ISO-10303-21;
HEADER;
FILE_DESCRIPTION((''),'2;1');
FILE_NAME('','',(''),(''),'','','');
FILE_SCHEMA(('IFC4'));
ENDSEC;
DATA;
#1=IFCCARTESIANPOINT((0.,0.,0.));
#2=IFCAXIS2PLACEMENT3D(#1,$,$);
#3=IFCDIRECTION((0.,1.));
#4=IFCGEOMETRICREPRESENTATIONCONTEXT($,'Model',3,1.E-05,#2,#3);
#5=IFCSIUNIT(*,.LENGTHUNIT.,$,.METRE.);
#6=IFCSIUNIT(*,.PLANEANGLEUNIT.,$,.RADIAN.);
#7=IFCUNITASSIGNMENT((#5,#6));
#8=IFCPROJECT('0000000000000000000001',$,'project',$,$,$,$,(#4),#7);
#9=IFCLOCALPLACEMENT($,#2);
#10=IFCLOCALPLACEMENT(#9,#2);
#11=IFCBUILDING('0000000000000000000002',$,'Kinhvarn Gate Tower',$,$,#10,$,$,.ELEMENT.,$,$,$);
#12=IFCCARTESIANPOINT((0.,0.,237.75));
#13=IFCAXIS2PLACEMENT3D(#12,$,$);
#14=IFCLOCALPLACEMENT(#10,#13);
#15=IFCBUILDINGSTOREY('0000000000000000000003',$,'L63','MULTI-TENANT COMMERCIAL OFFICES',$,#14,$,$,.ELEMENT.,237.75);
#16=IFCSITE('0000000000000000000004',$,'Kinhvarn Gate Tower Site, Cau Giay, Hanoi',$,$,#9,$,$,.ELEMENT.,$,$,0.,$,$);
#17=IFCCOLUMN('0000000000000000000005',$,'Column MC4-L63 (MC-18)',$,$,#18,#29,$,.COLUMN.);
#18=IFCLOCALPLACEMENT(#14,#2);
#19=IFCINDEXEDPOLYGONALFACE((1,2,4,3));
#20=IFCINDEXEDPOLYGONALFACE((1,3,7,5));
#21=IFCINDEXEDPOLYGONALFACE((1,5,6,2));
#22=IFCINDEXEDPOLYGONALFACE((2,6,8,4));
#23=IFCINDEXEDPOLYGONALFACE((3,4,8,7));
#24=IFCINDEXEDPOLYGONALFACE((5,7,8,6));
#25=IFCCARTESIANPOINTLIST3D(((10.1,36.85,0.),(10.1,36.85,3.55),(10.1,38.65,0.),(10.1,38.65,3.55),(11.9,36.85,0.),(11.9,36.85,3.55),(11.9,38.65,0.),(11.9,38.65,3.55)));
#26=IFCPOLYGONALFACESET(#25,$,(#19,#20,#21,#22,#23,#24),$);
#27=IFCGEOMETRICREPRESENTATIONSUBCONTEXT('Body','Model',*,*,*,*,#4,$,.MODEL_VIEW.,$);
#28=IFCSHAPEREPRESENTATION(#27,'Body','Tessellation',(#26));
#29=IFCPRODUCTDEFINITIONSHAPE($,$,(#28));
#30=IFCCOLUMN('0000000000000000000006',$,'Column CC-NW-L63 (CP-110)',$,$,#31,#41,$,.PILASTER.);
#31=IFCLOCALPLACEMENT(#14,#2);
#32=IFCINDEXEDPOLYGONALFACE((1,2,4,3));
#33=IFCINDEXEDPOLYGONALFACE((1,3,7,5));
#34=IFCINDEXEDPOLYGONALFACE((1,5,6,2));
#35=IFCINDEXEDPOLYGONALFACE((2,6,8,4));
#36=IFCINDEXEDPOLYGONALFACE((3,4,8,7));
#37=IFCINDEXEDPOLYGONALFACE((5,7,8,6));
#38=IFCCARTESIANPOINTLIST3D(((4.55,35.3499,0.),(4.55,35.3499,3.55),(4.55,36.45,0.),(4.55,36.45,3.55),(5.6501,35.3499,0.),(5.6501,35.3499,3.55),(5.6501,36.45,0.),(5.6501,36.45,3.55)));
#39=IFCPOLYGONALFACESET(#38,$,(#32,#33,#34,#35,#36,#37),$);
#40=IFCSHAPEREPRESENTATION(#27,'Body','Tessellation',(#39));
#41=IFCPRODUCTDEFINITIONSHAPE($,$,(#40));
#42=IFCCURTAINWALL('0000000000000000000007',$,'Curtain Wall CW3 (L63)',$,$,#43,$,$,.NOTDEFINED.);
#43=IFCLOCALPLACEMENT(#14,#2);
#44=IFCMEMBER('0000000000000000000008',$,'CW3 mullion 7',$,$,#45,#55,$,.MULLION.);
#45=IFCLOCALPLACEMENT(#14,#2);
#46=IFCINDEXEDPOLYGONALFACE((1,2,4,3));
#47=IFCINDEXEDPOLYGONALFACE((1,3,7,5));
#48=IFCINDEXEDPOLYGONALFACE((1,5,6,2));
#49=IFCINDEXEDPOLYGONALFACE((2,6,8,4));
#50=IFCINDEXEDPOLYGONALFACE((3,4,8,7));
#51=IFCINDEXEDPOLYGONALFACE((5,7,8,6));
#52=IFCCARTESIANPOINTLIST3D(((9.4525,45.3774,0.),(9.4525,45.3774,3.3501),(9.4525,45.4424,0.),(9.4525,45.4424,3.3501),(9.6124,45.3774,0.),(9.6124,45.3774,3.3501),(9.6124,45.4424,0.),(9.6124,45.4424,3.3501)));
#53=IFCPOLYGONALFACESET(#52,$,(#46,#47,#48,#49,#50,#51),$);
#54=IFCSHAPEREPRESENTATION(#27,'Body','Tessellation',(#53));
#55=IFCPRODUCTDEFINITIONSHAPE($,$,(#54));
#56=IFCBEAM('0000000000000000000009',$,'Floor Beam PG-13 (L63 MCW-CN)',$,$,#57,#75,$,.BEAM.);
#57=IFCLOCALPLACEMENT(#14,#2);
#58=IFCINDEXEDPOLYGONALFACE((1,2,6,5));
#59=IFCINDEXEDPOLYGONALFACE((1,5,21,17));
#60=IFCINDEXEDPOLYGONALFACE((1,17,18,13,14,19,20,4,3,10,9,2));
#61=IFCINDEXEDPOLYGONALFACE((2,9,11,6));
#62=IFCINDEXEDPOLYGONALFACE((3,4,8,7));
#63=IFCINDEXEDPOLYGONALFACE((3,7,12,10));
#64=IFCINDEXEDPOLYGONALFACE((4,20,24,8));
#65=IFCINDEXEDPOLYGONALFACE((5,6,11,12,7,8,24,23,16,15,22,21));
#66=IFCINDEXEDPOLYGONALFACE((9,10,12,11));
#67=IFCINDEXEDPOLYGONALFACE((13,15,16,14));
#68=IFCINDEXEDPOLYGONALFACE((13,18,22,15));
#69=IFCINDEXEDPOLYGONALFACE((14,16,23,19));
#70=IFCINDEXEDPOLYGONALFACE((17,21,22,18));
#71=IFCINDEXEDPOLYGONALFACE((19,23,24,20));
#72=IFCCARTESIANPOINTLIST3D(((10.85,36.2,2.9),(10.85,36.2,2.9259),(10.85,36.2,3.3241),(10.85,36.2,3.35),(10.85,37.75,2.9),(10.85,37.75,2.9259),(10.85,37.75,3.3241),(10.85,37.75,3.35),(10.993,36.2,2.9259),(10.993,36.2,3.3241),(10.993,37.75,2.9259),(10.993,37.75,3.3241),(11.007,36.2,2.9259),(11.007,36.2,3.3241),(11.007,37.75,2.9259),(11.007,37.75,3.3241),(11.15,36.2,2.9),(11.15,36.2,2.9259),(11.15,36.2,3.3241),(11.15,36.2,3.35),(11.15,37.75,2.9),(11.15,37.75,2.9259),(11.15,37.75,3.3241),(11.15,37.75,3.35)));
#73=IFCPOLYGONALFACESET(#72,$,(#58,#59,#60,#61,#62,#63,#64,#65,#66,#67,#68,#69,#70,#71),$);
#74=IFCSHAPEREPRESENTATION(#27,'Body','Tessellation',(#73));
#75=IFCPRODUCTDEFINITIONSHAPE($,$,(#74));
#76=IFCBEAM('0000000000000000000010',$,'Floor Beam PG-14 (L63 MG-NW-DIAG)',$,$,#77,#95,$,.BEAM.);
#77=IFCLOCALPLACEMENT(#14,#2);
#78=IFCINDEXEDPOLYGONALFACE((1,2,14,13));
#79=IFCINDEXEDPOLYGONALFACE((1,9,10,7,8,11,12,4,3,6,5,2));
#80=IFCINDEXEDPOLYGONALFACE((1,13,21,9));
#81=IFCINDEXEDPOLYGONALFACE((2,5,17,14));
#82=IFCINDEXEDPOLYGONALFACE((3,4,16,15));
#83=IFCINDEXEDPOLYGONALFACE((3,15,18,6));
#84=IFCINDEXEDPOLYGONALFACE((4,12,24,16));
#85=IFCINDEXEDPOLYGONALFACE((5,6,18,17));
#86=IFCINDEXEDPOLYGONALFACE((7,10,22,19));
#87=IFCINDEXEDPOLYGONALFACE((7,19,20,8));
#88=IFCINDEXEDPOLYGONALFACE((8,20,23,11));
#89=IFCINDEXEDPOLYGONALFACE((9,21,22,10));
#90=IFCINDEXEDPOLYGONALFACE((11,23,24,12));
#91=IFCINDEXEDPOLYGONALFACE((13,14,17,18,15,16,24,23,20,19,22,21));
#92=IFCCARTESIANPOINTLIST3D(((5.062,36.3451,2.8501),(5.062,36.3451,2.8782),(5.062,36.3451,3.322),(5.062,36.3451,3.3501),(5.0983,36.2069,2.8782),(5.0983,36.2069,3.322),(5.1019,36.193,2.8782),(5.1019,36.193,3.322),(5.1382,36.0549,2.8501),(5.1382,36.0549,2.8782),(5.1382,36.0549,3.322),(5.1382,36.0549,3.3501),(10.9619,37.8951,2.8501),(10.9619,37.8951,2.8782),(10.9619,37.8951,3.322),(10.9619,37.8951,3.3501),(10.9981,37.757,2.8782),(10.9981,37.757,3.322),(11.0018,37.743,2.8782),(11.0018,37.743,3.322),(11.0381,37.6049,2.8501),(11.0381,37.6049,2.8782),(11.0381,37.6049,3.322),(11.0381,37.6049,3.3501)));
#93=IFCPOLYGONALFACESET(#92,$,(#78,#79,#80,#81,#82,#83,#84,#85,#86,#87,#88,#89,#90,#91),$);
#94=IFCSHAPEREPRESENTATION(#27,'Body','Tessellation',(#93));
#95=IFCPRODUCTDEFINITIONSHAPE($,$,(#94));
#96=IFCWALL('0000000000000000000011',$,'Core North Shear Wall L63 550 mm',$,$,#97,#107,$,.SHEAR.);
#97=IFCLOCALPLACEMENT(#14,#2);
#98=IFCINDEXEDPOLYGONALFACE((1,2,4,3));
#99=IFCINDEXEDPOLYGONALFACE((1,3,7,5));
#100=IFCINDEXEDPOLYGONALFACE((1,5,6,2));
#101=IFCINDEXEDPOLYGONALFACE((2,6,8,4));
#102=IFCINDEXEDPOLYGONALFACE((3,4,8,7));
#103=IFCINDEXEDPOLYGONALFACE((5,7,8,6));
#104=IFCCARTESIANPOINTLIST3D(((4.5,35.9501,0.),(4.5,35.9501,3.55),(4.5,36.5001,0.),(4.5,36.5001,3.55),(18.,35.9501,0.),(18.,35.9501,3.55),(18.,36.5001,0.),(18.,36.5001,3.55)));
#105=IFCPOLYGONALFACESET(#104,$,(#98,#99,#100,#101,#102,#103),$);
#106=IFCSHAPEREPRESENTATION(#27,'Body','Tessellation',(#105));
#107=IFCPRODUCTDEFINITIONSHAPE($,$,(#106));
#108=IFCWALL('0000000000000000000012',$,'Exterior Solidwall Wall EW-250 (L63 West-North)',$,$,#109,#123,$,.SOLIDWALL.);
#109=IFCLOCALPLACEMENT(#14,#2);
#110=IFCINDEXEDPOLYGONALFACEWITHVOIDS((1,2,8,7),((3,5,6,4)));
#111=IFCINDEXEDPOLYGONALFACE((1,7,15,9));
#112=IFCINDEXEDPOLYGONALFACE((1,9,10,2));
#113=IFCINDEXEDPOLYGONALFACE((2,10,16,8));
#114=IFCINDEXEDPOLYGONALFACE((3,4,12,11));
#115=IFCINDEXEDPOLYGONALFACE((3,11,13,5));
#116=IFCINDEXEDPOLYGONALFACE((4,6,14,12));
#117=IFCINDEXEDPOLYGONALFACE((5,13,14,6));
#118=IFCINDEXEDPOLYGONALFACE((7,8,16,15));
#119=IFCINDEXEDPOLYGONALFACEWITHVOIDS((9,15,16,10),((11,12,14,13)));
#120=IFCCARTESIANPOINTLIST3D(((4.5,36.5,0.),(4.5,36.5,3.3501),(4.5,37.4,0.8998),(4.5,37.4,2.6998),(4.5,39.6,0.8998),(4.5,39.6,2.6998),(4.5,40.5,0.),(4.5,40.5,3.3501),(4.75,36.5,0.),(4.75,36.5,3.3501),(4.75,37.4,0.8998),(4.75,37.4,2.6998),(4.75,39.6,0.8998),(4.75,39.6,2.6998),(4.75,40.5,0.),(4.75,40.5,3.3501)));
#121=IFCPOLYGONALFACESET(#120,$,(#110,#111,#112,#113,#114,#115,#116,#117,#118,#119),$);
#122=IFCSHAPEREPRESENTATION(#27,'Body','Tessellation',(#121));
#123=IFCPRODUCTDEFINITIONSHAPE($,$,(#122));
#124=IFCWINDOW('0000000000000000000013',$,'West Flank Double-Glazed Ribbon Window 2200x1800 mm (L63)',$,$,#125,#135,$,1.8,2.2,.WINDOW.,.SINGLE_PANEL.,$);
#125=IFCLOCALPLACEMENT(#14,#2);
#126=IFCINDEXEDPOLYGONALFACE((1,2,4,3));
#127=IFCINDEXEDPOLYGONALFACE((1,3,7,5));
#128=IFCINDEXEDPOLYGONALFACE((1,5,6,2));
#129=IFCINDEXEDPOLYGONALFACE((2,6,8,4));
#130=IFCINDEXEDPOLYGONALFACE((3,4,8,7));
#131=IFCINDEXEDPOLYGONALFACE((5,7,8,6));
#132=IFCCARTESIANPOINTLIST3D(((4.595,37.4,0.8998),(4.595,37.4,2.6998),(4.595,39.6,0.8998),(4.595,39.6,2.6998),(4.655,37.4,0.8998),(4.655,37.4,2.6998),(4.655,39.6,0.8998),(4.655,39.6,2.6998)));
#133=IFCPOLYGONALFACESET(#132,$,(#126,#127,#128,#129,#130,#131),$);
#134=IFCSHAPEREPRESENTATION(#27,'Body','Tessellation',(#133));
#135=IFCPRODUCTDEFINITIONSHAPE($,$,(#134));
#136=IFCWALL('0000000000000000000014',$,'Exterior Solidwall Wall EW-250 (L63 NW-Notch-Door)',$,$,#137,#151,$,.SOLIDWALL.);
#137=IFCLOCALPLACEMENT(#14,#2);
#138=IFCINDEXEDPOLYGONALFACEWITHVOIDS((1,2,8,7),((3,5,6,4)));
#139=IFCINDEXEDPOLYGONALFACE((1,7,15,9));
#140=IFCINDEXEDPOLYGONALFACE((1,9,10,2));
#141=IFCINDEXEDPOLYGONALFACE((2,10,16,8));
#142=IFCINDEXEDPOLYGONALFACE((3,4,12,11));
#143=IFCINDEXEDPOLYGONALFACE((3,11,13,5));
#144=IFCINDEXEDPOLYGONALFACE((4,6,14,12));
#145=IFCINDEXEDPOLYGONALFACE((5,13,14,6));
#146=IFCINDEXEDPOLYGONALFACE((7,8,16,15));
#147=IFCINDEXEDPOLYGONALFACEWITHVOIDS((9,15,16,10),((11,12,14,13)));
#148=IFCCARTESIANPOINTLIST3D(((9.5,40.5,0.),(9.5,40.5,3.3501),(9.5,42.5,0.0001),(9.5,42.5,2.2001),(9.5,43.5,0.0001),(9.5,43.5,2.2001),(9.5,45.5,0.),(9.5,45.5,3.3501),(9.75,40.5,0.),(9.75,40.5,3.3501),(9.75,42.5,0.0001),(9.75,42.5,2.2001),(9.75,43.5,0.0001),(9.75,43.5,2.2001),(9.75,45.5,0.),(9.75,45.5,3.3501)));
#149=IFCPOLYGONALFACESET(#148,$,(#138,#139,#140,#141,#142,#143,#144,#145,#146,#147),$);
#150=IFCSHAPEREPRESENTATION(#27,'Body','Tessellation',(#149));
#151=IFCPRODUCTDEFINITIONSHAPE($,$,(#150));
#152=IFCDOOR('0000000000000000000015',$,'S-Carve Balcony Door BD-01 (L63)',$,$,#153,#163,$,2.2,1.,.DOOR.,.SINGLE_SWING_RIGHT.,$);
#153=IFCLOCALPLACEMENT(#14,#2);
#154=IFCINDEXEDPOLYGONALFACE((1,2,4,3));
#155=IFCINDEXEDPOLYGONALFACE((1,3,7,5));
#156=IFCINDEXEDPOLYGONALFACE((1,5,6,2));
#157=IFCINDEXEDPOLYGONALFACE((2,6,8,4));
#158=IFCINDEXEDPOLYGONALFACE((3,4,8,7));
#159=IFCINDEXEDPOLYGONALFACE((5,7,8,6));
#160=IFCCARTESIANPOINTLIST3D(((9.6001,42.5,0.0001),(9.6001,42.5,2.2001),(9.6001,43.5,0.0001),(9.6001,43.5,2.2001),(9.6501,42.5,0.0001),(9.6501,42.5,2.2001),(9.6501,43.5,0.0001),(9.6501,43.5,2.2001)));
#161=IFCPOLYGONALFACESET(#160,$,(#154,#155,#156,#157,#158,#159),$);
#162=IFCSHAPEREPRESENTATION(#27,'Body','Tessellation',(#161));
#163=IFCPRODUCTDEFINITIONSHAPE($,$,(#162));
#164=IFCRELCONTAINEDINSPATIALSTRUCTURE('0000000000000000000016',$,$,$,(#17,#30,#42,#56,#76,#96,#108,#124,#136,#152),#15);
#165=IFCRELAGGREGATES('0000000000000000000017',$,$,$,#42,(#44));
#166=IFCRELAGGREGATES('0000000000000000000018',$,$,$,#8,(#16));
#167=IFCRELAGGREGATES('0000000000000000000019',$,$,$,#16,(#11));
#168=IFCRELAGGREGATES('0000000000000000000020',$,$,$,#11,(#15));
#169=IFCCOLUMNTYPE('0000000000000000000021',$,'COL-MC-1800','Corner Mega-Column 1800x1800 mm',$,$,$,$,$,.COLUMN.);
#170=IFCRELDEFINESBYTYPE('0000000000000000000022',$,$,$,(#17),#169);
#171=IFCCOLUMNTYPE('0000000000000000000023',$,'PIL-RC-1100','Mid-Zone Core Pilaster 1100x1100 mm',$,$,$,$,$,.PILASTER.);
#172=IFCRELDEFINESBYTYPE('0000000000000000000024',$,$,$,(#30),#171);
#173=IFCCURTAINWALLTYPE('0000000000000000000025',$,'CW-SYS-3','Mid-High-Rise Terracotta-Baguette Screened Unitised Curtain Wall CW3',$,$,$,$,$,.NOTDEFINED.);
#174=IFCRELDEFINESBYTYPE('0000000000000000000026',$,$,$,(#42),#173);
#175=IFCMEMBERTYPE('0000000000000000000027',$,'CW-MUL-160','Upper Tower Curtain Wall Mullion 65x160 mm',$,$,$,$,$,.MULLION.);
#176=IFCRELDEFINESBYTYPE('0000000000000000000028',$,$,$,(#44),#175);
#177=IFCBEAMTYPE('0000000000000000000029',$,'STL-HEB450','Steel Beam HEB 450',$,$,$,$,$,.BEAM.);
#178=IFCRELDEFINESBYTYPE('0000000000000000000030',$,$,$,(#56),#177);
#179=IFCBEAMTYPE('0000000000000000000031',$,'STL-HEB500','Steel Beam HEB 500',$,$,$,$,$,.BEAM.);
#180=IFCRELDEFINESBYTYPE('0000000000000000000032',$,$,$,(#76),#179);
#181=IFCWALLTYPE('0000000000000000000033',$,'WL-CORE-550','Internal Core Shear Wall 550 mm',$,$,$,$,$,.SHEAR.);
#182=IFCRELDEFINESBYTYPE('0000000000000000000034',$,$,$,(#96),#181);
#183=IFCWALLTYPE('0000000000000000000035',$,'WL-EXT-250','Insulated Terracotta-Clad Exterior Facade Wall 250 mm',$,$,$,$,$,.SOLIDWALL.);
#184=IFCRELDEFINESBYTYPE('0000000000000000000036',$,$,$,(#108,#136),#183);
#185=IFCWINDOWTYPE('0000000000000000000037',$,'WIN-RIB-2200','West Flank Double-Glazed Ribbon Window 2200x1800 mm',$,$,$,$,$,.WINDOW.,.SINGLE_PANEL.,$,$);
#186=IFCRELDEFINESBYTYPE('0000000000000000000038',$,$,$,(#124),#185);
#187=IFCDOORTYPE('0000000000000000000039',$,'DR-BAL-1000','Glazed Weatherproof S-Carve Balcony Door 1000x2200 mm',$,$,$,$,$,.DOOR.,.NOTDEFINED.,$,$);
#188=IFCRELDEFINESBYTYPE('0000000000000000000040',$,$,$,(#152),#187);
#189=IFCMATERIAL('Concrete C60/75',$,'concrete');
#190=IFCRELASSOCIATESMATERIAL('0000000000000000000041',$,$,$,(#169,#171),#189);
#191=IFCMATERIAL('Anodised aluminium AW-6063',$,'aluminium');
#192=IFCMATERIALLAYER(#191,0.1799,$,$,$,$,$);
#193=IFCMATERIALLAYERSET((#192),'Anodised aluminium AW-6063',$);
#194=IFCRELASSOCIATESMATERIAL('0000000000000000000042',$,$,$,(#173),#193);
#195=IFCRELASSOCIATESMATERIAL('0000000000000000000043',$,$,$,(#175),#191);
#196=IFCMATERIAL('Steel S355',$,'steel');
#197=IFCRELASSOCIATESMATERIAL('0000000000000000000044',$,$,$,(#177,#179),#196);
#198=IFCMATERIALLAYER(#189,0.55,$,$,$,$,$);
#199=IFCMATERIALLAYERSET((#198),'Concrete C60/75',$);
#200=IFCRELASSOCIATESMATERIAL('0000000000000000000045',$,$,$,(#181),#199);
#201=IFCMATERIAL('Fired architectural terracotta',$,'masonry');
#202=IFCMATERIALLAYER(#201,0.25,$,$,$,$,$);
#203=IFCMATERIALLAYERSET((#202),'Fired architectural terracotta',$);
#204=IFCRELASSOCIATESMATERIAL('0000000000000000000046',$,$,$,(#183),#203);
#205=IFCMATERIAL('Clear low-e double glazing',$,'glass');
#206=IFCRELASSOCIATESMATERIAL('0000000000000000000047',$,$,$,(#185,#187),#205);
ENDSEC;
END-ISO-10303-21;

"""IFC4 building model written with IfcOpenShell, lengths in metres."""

from ifc_helpers import new_model, si_unit, direction, frame, frame_2d, origin, origin_2d, place, context, subcontext, project, spatial, rectangle, i_section, extrude, material, layer, layer_set, material_profile, profile_set, type_object, element, fill, aggregate, save


model = new_model("IFC4")

# Units and contexts
model_context = context("Model", 3, precision=1e-05, world=origin(), true_north=direction((0.0, 1.0)))
body_context = subcontext(model_context, "Body", "Model", "MODEL_VIEW")
ifc_project = project(units=[si_unit("LENGTHUNIT", "METRE"), si_unit("PLANEANGLEUNIT", "RADIAN")], contexts=[model_context])

# Site, building, storey
site_placement = place(None, origin())
site = spatial("IfcSite", under=ifc_project, at=site_placement, Name="Kinhvarn Gate Tower Site, Cau Giay, Hanoi", CompositionType="ELEMENT", RefElevation=0.0)
building_placement = place(site_placement, origin())
building = spatial("IfcBuilding", under=site, at=building_placement, Name="Kinhvarn Gate Tower", CompositionType="ELEMENT")
storey_placement = place(building_placement, frame((0.0, 0.0, 237.75)))
storey = spatial("IfcBuildingStorey", under=building, at=storey_placement, Name="L63", Description="MULTI-TENANT COMMERCIAL OFFICES", CompositionType="ELEMENT", Elevation=237.75)

# Columns
ifc_material_1 = material(Name="Concrete C60/75", Category="concrete")
ifc_material_profile_1 = material_profile(ifc_material_1, rectangle(XDim=1.8, YDim=1.8, at=origin_2d()), Name="RC 1800x1800")
ifc_profile_set_1 = profile_set([ifc_material_profile_1], Name="Concrete C60/75")
column_type_1 = type_object("IfcColumnType", Name="COL-MC-1800", Description="Corner Mega-Column 1800x1800 mm", PredefinedType="COLUMN", material=ifc_profile_set_1)
column_1_placement = place(storey_placement, frame((11.0, 37.75, 0.0), z_axis=(0.0, 0.0, 1.0), x_axis=(1.0, 0.0, 0.0)))
element("IfcColumn", 1, at=column_1_placement, inside=storey, type_object=column_type_1, Name="Column MC4-L63 (MC-18)", PredefinedType="COLUMN", context=body_context, shape_type="SweptSolid", body=[
    extrude(rectangle(XDim=1.8, YDim=1.8, at=origin_2d()), origin(), (0.0, 0.0, 1.0), 3.55),
])
ifc_material_profile_2 = material_profile(ifc_material_1, rectangle(XDim=1.1001, YDim=1.1001, at=origin_2d()), Name="RC 1100x1100")
ifc_profile_set_2 = profile_set([ifc_material_profile_2], Name="Concrete C60/75")
column_type_2 = type_object("IfcColumnType", Name="PIL-RC-1100", Description="Mid-Zone Core Pilaster 1100x1100 mm", PredefinedType="PILASTER", material=ifc_profile_set_2)
column_2_placement = place(storey_placement, frame((5.1001, 35.8999, 0.0), z_axis=(0.0, 0.0, 1.0), x_axis=(1.0, 0.0, 0.0)))
element("IfcColumn", 2, at=column_2_placement, inside=storey, type_object=column_type_2, Name="Column CC-NW-L63 (CP-110)", PredefinedType="PILASTER", context=body_context, shape_type="SweptSolid", body=[
    extrude(rectangle(XDim=1.1001, YDim=1.1001, at=origin_2d()), origin(), (0.0, 0.0, 1.0), 3.55),
])

# Curtain wall, member
ifc_material_2 = material(Name="Anodised aluminium AW-6063", Category="aluminium")
ifc_layer_1 = layer(ifc_material_2, 0.1799)
ifc_layer_set_1 = layer_set([ifc_layer_1], Name="Anodised aluminium AW-6063")
curtain_wall_type = type_object("IfcCurtainWallType", Name="CW-SYS-3", Description="Mid-High-Rise Terracotta-Baguette Screened Unitised Curtain Wall CW3", PredefinedType="NOTDEFINED", material=ifc_layer_set_1)
curtain_wall_placement = place(storey_placement, origin())
curtain_wall = element("IfcCurtainWall", 3, at=curtain_wall_placement, inside=storey, type_object=curtain_wall_type, Name="Curtain Wall CW3 (L63)", PredefinedType="NOTDEFINED")
ifc_material_profile_3 = material_profile(ifc_material_2, rectangle(XDim=0.0649, YDim=0.1599, at=origin_2d()), Name="ALU 65x160")
ifc_profile_set_3 = profile_set([ifc_material_profile_3], Name="Anodised aluminium AW-6063")
member_type = type_object("IfcMemberType", Name="CW-MUL-160", Description="Upper Tower Curtain Wall Mullion 65x160 mm", PredefinedType="MULLION", material=ifc_profile_set_3)
member_placement = place(storey_placement, frame((9.5325, 45.4099, 0.0), z_axis=(0.0, 0.0, 1.0), x_axis=(0.0, -1.0, 0.0)))
member = element("IfcMember", 4, at=member_placement, type_object=member_type, Name="CW3 mullion 7", PredefinedType="MULLION", context=body_context, shape_type="SweptSolid", body=[
    extrude(rectangle(XDim=0.0649, YDim=0.1599, at=origin_2d()), origin(), (0.0, 0.0, 1.0), 3.3501),
])
aggregate(curtain_wall, [member])

# Beams
ifc_material_3 = material(Name="Steel S355", Category="steel")
ifc_material_profile_4 = material_profile(ifc_material_3, i_section(OverallWidth=0.3, OverallDepth=0.45, WebThickness=0.0139, FlangeThickness=0.0259, at=origin_2d()), Name="HEB 450")
ifc_profile_set_4 = profile_set([ifc_material_profile_4], Name="Steel S355")
beam_type_1 = type_object("IfcBeamType", Name="STL-HEB450", Description="Steel Beam HEB 450", PredefinedType="BEAM", material=ifc_profile_set_4)
beam_1_placement = place(storey_placement, frame((11.0, 36.2, 3.125), z_axis=(0.0, 1.0, 0.0), x_axis=(-1.0, 0.0, 0.0)))
element("IfcBeam", 5, at=beam_1_placement, inside=storey, type_object=beam_type_1, Name="Floor Beam PG-13 (L63 MCW-CN)", PredefinedType="BEAM", context=body_context, shape_type="SweptSolid", body=[
    extrude(i_section(OverallWidth=0.3, OverallDepth=0.45, WebThickness=0.0139, FlangeThickness=0.0259, at=origin_2d()), origin(), (0.0, 0.0, 1.0), 1.55),
])
ifc_material_profile_5 = material_profile(ifc_material_3, i_section(OverallWidth=0.3, OverallDepth=0.5, WebThickness=0.0144, FlangeThickness=0.0281, at=origin_2d()), Name="HEB 500")
ifc_profile_set_5 = profile_set([ifc_material_profile_5], Name="Steel S355")
beam_type_2 = type_object("IfcBeamType", Name="STL-HEB500", Description="Steel Beam HEB 500", PredefinedType="BEAM", material=ifc_profile_set_5)
beam_2_placement = place(storey_placement, frame((5.1001, 36.2, 3.1001), z_axis=(0.967178, 0.254101, 0.0), x_axis=(-0.254101, 0.967178, 0.0)))
element("IfcBeam", 6, at=beam_2_placement, inside=storey, type_object=beam_type_2, Name="Floor Beam PG-14 (L63 MG-NW-DIAG)", PredefinedType="BEAM", context=body_context, shape_type="SweptSolid", body=[
    extrude(i_section(OverallWidth=0.3, OverallDepth=0.5, WebThickness=0.0144, FlangeThickness=0.0281, at=origin_2d()), origin(), (0.0, 0.0, 1.0), 6.1001),
])

# Wall
ifc_layer_2 = layer(ifc_material_1, 0.55)
ifc_layer_set_2 = layer_set([ifc_layer_2], Name="Concrete C60/75")
wall_type_1 = type_object("IfcWallType", Name="WL-CORE-550", Description="Internal Core Shear Wall 550 mm", PredefinedType="SHEAR", material=ifc_layer_set_2)
wall_1_placement = place(storey_placement, frame((4.5, 36.2251, 0.0), z_axis=(0.0, 0.0, 1.0), x_axis=(1.0, 0.0, 0.0)))
element("IfcWall", 7, at=wall_1_placement, inside=storey, type_object=wall_type_1, Name="Core North Shear Wall L63 550 mm", PredefinedType="SHEAR", context=body_context, shape_type="SweptSolid", body=[
    extrude(rectangle(XDim=13.5, YDim=0.55, at=frame_2d((6.75, 0.0))), origin(), (0.0, 0.0, 1.0), 3.55),
])

# Wall, opening, window
ifc_material_4 = material(Name="Fired architectural terracotta", Category="masonry")
ifc_layer_3 = layer(ifc_material_4, 0.25)
ifc_layer_set_3 = layer_set([ifc_layer_3], Name="Fired architectural terracotta")
wall_type_2 = type_object("IfcWallType", Name="WL-EXT-250", Description="Insulated Terracotta-Clad Exterior Facade Wall 250 mm", PredefinedType="SOLIDWALL", material=ifc_layer_set_3)
wall_2_placement = place(storey_placement, frame((4.625, 40.5, 0.0), z_axis=(0.0, 0.0, 1.0), x_axis=(0.0, -1.0, 0.0)))
wall_2 = element("IfcWall", 8, at=wall_2_placement, inside=storey, type_object=wall_type_2, Name="Exterior Solidwall Wall EW-250 (L63 West-North)", PredefinedType="SOLIDWALL", context=body_context, shape_type="SweptSolid", body=[
    extrude(rectangle(XDim=4.0, YDim=0.25, at=frame_2d((2.0, 0.0))), origin(), (0.0, 0.0, 1.0), 3.3501),
])
opening_1_placement = place(wall_2_placement, frame((0.8999, 0.0, 0.8999)))
opening_1 = element("IfcOpeningElement", 9, at=opening_1_placement, cuts=wall_2, PredefinedType="OPENING", context=body_context, shape_type="SweptSolid", body=[
    extrude(rectangle(XDim=2.2, YDim=1.8, at=frame_2d((1.1001, 0.8999))), frame((0.0, 0.135, 0.0), z_axis=(0.0, -1.0, 0.0), x_axis=(1.0, 0.0, 0.0)), (0.0, 0.0, 1.0), 0.27),
])
ifc_material_5 = material(Name="Clear low-e double glazing", Category="glass")
window_type_1 = type_object("IfcWindowType", Name="WIN-RIB-2200", Description="West Flank Double-Glazed Ribbon Window 2200x1800 mm", PartitioningType="SINGLE_PANEL", PredefinedType="WINDOW", material=ifc_material_5)
window_1_placement = place(opening_1_placement, origin())
window_1 = element("IfcWindow", 10, at=window_1_placement, inside=storey, type_object=window_type_1, Name="West Flank Double-Glazed Ribbon Window 2200x1800 mm (L63)", OverallHeight=1.8, OverallWidth=2.2, PartitioningType="SINGLE_PANEL", PredefinedType="WINDOW", context=body_context, shape_type="SweptSolid", body=[
    extrude(rectangle(XDim=2.2, YDim=1.8, at=frame_2d((1.1001, 0.8999))), frame((0.0, 0.03, 0.0), z_axis=(0.0, -1.0, 0.0), x_axis=(1.0, 0.0, 0.0)), (0.0, 0.0, 1.0), 0.0601),
])
fill(opening_1, window_1)

# Wall, opening, door
wall_3_placement = place(storey_placement, frame((9.625, 45.5, 0.0), z_axis=(0.0, 0.0, 1.0), x_axis=(0.0, -1.0, 0.0)))
wall_3 = element("IfcWall", 11, at=wall_3_placement, inside=storey, type_object=wall_type_2, Name="Exterior Solidwall Wall EW-250 (L63 NW-Notch-Door)", PredefinedType="SOLIDWALL", context=body_context, shape_type="SweptSolid", body=[
    extrude(rectangle(XDim=5.0, YDim=0.25, at=frame_2d((2.5, 0.0))), origin(), (0.0, 0.0, 1.0), 3.3501),
])
opening_2_placement = place(wall_3_placement, frame((2.0, 0.0, 0.0)))
opening_2 = element("IfcOpeningElement", 12, at=opening_2_placement, cuts=wall_3, PredefinedType="OPENING", context=body_context, shape_type="SweptSolid", body=[
    extrude(rectangle(XDim=1.0, YDim=2.2, at=frame_2d((0.5, 1.1001))), frame((0.0, 0.135, 0.0), z_axis=(0.0, -1.0, 0.0), x_axis=(1.0, 0.0, 0.0)), (0.0, 0.0, 1.0), 0.27),
])
door_type = type_object("IfcDoorType", Name="DR-BAL-1000", Description="Glazed Weatherproof S-Carve Balcony Door 1000x2200 mm", OperationType="NOTDEFINED", PredefinedType="DOOR", material=ifc_material_5)
door_placement = place(opening_2_placement, frame((1.0, 0.0, 0.0), z_axis=(0.0, 0.0, 1.0), x_axis=(-1.0, 0.0, 0.0)))
door = element("IfcDoor", 13, at=door_placement, inside=storey, type_object=door_type, Name="S-Carve Balcony Door BD-01 (L63)", OperationType="SINGLE_SWING_RIGHT", OverallHeight=2.2, OverallWidth=1.0, PredefinedType="DOOR", context=body_context, shape_type="SweptSolid", body=[
    extrude(rectangle(XDim=1.0, YDim=2.2, at=frame_2d((0.5, 1.1001))), frame((0.0, 0.0249, 0.0), z_axis=(0.0, -1.0, 0.0), x_axis=(1.0, 0.0, 0.0)), (0.0, 0.0, 1.0), 0.05),
])
fill(opening_2, door)

save(model, "model.ifc")
